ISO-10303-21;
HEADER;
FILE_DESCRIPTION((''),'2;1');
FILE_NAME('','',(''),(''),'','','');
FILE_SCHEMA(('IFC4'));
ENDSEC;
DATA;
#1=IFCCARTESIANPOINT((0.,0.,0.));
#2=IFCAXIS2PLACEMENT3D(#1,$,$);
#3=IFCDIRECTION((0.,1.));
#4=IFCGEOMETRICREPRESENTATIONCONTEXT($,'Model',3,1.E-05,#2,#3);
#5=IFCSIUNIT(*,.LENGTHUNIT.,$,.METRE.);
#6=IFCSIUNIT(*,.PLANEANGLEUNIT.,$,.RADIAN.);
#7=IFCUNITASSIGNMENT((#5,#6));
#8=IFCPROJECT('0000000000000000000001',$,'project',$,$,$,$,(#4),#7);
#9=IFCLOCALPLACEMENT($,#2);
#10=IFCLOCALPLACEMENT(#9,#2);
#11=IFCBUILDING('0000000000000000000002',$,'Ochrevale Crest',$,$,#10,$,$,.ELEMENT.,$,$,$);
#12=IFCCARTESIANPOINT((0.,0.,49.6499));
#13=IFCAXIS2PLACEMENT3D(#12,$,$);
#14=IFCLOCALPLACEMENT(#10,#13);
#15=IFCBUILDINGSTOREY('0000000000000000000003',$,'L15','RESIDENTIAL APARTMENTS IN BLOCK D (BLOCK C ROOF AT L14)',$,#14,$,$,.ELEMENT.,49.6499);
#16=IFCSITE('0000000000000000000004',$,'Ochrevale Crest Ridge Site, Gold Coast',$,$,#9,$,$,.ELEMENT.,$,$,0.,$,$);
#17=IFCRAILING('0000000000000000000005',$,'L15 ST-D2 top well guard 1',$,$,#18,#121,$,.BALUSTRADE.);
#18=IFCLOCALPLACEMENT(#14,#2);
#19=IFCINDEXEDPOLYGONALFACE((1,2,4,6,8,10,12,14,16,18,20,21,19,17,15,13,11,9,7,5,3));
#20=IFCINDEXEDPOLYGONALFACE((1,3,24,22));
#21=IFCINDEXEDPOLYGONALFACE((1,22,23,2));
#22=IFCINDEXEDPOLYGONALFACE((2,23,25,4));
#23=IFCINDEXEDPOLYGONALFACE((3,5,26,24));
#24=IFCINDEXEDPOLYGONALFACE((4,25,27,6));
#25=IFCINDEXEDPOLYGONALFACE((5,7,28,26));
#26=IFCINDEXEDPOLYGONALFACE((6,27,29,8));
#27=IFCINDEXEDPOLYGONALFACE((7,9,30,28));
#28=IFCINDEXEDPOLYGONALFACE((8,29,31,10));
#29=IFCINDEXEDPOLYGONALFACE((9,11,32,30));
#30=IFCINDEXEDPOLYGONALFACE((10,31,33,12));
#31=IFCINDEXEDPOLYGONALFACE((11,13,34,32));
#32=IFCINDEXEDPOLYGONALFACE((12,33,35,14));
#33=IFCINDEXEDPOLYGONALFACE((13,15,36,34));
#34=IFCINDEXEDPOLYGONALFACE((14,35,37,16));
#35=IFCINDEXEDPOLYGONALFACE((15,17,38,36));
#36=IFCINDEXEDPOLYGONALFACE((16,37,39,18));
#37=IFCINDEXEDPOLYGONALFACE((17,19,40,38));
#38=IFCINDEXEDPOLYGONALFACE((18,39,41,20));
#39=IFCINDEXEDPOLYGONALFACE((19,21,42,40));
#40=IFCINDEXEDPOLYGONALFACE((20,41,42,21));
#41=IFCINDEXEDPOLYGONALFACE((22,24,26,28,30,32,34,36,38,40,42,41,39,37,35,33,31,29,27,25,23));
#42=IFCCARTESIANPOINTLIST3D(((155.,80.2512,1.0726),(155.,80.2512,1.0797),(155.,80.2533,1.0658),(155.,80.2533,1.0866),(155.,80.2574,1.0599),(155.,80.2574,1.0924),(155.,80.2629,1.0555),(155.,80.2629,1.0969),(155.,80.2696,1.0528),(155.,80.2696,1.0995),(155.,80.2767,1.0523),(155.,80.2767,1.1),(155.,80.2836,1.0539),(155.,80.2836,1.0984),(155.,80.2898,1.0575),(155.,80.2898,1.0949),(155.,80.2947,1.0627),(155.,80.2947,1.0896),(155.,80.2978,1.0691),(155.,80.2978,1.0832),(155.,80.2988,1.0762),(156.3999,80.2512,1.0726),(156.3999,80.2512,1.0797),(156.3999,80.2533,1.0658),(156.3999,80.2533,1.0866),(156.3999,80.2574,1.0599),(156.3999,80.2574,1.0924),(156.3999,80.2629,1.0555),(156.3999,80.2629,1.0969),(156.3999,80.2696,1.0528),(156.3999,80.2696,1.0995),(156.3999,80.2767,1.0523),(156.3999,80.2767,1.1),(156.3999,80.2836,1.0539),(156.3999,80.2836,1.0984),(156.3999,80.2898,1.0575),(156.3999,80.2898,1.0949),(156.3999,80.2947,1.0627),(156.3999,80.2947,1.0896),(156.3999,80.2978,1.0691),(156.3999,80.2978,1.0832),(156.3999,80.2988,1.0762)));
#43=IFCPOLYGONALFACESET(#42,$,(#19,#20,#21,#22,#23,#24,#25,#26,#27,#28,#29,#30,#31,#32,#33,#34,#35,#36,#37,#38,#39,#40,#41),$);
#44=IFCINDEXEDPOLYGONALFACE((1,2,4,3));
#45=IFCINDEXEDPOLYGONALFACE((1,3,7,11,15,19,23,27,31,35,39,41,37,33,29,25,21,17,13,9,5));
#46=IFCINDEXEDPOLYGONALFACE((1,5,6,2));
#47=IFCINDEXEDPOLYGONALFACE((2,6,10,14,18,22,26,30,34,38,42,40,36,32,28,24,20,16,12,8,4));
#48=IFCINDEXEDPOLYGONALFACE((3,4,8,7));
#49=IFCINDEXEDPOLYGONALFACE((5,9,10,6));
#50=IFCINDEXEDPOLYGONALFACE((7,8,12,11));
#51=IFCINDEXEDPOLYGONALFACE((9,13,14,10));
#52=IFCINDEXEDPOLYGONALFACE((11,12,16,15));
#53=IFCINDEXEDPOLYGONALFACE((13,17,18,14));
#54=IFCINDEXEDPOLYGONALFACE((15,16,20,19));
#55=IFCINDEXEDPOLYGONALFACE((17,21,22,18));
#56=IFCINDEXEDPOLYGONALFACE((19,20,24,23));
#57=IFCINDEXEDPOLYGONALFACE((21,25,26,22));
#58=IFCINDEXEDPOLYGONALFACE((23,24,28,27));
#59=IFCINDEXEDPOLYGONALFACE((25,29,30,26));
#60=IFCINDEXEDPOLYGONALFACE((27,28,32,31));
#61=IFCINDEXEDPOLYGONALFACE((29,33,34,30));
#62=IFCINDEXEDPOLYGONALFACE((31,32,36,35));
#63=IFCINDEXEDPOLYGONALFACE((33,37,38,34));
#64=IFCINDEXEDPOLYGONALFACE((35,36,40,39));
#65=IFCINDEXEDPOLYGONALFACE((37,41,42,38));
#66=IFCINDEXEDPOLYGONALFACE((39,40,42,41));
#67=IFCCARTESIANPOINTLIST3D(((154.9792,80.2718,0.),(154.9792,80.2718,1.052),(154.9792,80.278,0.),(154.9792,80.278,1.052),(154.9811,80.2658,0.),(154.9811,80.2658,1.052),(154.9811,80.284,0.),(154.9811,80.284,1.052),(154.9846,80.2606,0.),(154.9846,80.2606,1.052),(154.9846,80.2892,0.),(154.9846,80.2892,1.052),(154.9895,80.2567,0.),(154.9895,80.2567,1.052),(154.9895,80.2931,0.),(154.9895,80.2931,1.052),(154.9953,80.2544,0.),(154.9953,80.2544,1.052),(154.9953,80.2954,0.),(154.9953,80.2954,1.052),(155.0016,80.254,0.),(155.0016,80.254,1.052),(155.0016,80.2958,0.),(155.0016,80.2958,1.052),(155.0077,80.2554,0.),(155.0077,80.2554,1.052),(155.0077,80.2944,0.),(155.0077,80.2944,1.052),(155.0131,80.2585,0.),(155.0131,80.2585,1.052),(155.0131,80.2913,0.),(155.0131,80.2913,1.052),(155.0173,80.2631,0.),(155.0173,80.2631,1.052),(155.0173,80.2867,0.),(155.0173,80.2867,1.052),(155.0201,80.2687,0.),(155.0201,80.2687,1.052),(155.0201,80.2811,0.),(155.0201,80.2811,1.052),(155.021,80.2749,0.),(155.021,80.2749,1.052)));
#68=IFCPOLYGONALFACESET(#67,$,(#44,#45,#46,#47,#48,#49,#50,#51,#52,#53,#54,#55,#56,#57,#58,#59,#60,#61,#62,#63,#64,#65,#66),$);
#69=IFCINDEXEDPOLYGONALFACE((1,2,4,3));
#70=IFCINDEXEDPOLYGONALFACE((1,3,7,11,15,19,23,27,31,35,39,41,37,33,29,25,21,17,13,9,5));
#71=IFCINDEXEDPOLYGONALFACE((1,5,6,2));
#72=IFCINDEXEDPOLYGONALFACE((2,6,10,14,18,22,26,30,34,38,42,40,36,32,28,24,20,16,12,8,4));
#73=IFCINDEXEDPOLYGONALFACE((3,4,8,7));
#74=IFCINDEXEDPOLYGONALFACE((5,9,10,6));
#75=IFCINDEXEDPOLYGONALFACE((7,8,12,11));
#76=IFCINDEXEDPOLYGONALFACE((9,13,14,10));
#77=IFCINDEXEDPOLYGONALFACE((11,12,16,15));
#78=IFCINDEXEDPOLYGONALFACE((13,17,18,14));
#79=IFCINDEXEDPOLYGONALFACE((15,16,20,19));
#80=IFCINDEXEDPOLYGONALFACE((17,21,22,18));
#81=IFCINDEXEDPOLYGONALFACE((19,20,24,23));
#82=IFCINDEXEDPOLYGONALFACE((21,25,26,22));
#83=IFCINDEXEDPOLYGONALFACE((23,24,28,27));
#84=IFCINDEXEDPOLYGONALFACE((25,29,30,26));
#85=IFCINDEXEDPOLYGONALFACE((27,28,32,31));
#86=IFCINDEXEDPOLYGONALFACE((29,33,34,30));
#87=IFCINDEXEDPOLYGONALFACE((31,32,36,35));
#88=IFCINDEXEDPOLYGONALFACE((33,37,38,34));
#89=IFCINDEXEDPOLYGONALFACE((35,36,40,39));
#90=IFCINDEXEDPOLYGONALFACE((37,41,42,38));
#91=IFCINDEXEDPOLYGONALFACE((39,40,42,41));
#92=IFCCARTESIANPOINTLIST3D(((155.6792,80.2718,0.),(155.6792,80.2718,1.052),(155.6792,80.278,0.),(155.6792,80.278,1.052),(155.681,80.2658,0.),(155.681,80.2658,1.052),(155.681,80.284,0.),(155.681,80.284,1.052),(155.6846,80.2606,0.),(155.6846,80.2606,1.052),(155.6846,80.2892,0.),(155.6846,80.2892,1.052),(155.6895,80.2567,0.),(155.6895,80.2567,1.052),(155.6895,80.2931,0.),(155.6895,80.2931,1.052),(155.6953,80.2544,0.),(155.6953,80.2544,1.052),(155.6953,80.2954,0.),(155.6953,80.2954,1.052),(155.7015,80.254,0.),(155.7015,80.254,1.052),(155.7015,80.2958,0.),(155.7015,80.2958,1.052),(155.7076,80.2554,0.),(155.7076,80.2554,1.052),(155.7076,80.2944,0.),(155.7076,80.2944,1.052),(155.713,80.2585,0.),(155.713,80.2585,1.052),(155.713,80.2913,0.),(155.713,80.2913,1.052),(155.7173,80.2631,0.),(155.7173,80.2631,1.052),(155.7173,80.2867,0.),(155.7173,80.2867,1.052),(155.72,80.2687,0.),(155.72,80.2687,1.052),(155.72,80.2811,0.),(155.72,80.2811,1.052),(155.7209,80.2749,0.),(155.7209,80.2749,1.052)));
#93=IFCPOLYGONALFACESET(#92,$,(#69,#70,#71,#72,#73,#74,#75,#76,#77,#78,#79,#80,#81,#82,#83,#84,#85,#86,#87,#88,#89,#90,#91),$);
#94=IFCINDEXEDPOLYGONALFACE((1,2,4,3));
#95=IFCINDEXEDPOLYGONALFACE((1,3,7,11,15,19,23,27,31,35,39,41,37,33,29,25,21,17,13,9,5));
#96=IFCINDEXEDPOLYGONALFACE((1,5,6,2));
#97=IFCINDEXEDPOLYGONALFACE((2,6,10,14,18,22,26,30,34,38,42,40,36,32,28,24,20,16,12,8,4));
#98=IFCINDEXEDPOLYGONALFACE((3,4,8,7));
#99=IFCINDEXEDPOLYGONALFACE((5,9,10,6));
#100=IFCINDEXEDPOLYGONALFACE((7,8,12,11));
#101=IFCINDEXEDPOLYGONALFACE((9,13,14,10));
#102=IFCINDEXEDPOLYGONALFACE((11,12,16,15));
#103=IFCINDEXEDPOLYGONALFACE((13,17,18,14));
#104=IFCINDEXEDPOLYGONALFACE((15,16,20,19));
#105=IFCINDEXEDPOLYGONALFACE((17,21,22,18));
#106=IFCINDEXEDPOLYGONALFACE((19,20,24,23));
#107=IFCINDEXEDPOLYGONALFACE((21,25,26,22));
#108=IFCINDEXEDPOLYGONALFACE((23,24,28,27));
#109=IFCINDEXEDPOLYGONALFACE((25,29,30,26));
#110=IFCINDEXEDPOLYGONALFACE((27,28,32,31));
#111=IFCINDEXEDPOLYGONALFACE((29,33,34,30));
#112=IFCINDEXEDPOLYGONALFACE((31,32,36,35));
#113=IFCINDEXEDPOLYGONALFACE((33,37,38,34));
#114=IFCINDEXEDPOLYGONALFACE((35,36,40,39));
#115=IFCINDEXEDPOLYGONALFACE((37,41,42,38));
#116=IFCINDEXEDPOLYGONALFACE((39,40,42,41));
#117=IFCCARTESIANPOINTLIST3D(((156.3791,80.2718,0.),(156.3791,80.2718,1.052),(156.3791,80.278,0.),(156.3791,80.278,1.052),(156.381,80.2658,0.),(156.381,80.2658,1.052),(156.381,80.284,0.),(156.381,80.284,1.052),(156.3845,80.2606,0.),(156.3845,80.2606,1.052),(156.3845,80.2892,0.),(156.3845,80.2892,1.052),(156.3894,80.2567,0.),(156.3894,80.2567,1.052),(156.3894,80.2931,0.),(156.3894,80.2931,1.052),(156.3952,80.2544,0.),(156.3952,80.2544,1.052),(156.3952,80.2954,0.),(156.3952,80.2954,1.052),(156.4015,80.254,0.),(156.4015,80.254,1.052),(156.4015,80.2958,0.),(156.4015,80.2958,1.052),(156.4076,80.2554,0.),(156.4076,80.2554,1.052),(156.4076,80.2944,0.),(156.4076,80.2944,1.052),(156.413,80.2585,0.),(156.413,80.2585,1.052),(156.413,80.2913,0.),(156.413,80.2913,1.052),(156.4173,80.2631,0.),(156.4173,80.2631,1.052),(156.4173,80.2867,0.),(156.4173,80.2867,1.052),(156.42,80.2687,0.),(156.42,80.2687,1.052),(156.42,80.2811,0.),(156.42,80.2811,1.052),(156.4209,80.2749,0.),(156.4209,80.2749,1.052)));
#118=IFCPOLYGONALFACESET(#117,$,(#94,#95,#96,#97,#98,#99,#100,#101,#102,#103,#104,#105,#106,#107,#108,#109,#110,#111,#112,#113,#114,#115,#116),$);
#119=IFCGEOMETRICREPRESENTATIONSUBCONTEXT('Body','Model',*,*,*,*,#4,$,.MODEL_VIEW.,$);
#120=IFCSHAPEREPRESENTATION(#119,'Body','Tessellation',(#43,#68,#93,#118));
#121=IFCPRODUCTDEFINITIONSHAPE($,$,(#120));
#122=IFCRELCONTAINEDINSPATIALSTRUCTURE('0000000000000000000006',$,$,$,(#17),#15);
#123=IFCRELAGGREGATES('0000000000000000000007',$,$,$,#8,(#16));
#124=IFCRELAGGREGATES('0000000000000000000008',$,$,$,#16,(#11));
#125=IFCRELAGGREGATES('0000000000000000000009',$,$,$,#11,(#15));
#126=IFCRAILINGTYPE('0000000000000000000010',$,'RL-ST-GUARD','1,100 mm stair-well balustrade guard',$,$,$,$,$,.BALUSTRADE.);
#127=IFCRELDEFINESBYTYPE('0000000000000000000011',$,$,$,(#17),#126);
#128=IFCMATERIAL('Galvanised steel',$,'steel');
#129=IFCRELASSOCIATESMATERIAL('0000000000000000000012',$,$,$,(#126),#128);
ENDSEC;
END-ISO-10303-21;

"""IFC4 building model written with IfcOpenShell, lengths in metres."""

from ifc_helpers import new_model, si_unit, direction, frame, origin, origin_2d, place, context, subcontext, project, spatial, circle, extrude, material, type_object, element, save


model = new_model("IFC4")

# Units and contexts
model_context = context("Model", 3, precision=1e-05, world=origin(), true_north=direction((0.0, 1.0)))
body_context = subcontext(model_context, "Body", "Model", "MODEL_VIEW")
ifc_project = project(units=[si_unit("LENGTHUNIT", "METRE"), si_unit("PLANEANGLEUNIT", "RADIAN")], contexts=[model_context])

# Site, building, storey
site_placement = place(None, origin())
site = spatial("IfcSite", under=ifc_project, at=site_placement, Name="Ochrevale Crest Ridge Site, Gold Coast", CompositionType="ELEMENT", RefElevation=0.0)
building_placement = place(site_placement, origin())
building = spatial("IfcBuilding", under=site, at=building_placement, Name="Ochrevale Crest", CompositionType="ELEMENT")
storey_placement = place(building_placement, frame((0.0, 0.0, 49.6499)))
storey = spatial("IfcBuildingStorey", under=building, at=storey_placement, Name="L15", Description="RESIDENTIAL APARTMENTS IN BLOCK D (BLOCK C ROOF AT L14)", CompositionType="ELEMENT", Elevation=49.6499)

# Railing
ifc_material_1 = material(Name="Galvanised steel", Category="steel")
railing_type = type_object("IfcRailingType", Name="RL-ST-GUARD", Description="1,100 mm stair-well balustrade guard", PredefinedType="BALUSTRADE", material=ifc_material_1)
railing_placement = place(storey_placement, frame((155.0, 80.2749, 0.0)))
element("IfcRailing", 1, at=railing_placement, inside=storey, type_object=railing_type, Name="L15 ST-D2 top well guard 1", PredefinedType="BALUSTRADE", context=body_context, shape_type="SweptSolid", body=[
    extrude(circle(Radius=0.0239, at=origin_2d()), frame((0.0, 0.0, 1.0762), z_axis=(1.0, 0.0, 0.0), x_axis=(0.0, 1.0, 0.0)), (0.0, 0.0, 1.0), 1.3999),
    extrude(circle(Radius=0.021, at=origin_2d()), origin(), (0.0, 0.0, 1.0), 1.052),
    extrude(circle(Radius=0.021, at=origin_2d()), frame((0.7, 0.0, 0.0)), (0.0, 0.0, 1.0), 1.052),
    extrude(circle(Radius=0.021, at=origin_2d()), frame((1.3999, 0.0, 0.0)), (0.0, 0.0, 1.0), 1.052),
])

save(model, "model.ifc")
